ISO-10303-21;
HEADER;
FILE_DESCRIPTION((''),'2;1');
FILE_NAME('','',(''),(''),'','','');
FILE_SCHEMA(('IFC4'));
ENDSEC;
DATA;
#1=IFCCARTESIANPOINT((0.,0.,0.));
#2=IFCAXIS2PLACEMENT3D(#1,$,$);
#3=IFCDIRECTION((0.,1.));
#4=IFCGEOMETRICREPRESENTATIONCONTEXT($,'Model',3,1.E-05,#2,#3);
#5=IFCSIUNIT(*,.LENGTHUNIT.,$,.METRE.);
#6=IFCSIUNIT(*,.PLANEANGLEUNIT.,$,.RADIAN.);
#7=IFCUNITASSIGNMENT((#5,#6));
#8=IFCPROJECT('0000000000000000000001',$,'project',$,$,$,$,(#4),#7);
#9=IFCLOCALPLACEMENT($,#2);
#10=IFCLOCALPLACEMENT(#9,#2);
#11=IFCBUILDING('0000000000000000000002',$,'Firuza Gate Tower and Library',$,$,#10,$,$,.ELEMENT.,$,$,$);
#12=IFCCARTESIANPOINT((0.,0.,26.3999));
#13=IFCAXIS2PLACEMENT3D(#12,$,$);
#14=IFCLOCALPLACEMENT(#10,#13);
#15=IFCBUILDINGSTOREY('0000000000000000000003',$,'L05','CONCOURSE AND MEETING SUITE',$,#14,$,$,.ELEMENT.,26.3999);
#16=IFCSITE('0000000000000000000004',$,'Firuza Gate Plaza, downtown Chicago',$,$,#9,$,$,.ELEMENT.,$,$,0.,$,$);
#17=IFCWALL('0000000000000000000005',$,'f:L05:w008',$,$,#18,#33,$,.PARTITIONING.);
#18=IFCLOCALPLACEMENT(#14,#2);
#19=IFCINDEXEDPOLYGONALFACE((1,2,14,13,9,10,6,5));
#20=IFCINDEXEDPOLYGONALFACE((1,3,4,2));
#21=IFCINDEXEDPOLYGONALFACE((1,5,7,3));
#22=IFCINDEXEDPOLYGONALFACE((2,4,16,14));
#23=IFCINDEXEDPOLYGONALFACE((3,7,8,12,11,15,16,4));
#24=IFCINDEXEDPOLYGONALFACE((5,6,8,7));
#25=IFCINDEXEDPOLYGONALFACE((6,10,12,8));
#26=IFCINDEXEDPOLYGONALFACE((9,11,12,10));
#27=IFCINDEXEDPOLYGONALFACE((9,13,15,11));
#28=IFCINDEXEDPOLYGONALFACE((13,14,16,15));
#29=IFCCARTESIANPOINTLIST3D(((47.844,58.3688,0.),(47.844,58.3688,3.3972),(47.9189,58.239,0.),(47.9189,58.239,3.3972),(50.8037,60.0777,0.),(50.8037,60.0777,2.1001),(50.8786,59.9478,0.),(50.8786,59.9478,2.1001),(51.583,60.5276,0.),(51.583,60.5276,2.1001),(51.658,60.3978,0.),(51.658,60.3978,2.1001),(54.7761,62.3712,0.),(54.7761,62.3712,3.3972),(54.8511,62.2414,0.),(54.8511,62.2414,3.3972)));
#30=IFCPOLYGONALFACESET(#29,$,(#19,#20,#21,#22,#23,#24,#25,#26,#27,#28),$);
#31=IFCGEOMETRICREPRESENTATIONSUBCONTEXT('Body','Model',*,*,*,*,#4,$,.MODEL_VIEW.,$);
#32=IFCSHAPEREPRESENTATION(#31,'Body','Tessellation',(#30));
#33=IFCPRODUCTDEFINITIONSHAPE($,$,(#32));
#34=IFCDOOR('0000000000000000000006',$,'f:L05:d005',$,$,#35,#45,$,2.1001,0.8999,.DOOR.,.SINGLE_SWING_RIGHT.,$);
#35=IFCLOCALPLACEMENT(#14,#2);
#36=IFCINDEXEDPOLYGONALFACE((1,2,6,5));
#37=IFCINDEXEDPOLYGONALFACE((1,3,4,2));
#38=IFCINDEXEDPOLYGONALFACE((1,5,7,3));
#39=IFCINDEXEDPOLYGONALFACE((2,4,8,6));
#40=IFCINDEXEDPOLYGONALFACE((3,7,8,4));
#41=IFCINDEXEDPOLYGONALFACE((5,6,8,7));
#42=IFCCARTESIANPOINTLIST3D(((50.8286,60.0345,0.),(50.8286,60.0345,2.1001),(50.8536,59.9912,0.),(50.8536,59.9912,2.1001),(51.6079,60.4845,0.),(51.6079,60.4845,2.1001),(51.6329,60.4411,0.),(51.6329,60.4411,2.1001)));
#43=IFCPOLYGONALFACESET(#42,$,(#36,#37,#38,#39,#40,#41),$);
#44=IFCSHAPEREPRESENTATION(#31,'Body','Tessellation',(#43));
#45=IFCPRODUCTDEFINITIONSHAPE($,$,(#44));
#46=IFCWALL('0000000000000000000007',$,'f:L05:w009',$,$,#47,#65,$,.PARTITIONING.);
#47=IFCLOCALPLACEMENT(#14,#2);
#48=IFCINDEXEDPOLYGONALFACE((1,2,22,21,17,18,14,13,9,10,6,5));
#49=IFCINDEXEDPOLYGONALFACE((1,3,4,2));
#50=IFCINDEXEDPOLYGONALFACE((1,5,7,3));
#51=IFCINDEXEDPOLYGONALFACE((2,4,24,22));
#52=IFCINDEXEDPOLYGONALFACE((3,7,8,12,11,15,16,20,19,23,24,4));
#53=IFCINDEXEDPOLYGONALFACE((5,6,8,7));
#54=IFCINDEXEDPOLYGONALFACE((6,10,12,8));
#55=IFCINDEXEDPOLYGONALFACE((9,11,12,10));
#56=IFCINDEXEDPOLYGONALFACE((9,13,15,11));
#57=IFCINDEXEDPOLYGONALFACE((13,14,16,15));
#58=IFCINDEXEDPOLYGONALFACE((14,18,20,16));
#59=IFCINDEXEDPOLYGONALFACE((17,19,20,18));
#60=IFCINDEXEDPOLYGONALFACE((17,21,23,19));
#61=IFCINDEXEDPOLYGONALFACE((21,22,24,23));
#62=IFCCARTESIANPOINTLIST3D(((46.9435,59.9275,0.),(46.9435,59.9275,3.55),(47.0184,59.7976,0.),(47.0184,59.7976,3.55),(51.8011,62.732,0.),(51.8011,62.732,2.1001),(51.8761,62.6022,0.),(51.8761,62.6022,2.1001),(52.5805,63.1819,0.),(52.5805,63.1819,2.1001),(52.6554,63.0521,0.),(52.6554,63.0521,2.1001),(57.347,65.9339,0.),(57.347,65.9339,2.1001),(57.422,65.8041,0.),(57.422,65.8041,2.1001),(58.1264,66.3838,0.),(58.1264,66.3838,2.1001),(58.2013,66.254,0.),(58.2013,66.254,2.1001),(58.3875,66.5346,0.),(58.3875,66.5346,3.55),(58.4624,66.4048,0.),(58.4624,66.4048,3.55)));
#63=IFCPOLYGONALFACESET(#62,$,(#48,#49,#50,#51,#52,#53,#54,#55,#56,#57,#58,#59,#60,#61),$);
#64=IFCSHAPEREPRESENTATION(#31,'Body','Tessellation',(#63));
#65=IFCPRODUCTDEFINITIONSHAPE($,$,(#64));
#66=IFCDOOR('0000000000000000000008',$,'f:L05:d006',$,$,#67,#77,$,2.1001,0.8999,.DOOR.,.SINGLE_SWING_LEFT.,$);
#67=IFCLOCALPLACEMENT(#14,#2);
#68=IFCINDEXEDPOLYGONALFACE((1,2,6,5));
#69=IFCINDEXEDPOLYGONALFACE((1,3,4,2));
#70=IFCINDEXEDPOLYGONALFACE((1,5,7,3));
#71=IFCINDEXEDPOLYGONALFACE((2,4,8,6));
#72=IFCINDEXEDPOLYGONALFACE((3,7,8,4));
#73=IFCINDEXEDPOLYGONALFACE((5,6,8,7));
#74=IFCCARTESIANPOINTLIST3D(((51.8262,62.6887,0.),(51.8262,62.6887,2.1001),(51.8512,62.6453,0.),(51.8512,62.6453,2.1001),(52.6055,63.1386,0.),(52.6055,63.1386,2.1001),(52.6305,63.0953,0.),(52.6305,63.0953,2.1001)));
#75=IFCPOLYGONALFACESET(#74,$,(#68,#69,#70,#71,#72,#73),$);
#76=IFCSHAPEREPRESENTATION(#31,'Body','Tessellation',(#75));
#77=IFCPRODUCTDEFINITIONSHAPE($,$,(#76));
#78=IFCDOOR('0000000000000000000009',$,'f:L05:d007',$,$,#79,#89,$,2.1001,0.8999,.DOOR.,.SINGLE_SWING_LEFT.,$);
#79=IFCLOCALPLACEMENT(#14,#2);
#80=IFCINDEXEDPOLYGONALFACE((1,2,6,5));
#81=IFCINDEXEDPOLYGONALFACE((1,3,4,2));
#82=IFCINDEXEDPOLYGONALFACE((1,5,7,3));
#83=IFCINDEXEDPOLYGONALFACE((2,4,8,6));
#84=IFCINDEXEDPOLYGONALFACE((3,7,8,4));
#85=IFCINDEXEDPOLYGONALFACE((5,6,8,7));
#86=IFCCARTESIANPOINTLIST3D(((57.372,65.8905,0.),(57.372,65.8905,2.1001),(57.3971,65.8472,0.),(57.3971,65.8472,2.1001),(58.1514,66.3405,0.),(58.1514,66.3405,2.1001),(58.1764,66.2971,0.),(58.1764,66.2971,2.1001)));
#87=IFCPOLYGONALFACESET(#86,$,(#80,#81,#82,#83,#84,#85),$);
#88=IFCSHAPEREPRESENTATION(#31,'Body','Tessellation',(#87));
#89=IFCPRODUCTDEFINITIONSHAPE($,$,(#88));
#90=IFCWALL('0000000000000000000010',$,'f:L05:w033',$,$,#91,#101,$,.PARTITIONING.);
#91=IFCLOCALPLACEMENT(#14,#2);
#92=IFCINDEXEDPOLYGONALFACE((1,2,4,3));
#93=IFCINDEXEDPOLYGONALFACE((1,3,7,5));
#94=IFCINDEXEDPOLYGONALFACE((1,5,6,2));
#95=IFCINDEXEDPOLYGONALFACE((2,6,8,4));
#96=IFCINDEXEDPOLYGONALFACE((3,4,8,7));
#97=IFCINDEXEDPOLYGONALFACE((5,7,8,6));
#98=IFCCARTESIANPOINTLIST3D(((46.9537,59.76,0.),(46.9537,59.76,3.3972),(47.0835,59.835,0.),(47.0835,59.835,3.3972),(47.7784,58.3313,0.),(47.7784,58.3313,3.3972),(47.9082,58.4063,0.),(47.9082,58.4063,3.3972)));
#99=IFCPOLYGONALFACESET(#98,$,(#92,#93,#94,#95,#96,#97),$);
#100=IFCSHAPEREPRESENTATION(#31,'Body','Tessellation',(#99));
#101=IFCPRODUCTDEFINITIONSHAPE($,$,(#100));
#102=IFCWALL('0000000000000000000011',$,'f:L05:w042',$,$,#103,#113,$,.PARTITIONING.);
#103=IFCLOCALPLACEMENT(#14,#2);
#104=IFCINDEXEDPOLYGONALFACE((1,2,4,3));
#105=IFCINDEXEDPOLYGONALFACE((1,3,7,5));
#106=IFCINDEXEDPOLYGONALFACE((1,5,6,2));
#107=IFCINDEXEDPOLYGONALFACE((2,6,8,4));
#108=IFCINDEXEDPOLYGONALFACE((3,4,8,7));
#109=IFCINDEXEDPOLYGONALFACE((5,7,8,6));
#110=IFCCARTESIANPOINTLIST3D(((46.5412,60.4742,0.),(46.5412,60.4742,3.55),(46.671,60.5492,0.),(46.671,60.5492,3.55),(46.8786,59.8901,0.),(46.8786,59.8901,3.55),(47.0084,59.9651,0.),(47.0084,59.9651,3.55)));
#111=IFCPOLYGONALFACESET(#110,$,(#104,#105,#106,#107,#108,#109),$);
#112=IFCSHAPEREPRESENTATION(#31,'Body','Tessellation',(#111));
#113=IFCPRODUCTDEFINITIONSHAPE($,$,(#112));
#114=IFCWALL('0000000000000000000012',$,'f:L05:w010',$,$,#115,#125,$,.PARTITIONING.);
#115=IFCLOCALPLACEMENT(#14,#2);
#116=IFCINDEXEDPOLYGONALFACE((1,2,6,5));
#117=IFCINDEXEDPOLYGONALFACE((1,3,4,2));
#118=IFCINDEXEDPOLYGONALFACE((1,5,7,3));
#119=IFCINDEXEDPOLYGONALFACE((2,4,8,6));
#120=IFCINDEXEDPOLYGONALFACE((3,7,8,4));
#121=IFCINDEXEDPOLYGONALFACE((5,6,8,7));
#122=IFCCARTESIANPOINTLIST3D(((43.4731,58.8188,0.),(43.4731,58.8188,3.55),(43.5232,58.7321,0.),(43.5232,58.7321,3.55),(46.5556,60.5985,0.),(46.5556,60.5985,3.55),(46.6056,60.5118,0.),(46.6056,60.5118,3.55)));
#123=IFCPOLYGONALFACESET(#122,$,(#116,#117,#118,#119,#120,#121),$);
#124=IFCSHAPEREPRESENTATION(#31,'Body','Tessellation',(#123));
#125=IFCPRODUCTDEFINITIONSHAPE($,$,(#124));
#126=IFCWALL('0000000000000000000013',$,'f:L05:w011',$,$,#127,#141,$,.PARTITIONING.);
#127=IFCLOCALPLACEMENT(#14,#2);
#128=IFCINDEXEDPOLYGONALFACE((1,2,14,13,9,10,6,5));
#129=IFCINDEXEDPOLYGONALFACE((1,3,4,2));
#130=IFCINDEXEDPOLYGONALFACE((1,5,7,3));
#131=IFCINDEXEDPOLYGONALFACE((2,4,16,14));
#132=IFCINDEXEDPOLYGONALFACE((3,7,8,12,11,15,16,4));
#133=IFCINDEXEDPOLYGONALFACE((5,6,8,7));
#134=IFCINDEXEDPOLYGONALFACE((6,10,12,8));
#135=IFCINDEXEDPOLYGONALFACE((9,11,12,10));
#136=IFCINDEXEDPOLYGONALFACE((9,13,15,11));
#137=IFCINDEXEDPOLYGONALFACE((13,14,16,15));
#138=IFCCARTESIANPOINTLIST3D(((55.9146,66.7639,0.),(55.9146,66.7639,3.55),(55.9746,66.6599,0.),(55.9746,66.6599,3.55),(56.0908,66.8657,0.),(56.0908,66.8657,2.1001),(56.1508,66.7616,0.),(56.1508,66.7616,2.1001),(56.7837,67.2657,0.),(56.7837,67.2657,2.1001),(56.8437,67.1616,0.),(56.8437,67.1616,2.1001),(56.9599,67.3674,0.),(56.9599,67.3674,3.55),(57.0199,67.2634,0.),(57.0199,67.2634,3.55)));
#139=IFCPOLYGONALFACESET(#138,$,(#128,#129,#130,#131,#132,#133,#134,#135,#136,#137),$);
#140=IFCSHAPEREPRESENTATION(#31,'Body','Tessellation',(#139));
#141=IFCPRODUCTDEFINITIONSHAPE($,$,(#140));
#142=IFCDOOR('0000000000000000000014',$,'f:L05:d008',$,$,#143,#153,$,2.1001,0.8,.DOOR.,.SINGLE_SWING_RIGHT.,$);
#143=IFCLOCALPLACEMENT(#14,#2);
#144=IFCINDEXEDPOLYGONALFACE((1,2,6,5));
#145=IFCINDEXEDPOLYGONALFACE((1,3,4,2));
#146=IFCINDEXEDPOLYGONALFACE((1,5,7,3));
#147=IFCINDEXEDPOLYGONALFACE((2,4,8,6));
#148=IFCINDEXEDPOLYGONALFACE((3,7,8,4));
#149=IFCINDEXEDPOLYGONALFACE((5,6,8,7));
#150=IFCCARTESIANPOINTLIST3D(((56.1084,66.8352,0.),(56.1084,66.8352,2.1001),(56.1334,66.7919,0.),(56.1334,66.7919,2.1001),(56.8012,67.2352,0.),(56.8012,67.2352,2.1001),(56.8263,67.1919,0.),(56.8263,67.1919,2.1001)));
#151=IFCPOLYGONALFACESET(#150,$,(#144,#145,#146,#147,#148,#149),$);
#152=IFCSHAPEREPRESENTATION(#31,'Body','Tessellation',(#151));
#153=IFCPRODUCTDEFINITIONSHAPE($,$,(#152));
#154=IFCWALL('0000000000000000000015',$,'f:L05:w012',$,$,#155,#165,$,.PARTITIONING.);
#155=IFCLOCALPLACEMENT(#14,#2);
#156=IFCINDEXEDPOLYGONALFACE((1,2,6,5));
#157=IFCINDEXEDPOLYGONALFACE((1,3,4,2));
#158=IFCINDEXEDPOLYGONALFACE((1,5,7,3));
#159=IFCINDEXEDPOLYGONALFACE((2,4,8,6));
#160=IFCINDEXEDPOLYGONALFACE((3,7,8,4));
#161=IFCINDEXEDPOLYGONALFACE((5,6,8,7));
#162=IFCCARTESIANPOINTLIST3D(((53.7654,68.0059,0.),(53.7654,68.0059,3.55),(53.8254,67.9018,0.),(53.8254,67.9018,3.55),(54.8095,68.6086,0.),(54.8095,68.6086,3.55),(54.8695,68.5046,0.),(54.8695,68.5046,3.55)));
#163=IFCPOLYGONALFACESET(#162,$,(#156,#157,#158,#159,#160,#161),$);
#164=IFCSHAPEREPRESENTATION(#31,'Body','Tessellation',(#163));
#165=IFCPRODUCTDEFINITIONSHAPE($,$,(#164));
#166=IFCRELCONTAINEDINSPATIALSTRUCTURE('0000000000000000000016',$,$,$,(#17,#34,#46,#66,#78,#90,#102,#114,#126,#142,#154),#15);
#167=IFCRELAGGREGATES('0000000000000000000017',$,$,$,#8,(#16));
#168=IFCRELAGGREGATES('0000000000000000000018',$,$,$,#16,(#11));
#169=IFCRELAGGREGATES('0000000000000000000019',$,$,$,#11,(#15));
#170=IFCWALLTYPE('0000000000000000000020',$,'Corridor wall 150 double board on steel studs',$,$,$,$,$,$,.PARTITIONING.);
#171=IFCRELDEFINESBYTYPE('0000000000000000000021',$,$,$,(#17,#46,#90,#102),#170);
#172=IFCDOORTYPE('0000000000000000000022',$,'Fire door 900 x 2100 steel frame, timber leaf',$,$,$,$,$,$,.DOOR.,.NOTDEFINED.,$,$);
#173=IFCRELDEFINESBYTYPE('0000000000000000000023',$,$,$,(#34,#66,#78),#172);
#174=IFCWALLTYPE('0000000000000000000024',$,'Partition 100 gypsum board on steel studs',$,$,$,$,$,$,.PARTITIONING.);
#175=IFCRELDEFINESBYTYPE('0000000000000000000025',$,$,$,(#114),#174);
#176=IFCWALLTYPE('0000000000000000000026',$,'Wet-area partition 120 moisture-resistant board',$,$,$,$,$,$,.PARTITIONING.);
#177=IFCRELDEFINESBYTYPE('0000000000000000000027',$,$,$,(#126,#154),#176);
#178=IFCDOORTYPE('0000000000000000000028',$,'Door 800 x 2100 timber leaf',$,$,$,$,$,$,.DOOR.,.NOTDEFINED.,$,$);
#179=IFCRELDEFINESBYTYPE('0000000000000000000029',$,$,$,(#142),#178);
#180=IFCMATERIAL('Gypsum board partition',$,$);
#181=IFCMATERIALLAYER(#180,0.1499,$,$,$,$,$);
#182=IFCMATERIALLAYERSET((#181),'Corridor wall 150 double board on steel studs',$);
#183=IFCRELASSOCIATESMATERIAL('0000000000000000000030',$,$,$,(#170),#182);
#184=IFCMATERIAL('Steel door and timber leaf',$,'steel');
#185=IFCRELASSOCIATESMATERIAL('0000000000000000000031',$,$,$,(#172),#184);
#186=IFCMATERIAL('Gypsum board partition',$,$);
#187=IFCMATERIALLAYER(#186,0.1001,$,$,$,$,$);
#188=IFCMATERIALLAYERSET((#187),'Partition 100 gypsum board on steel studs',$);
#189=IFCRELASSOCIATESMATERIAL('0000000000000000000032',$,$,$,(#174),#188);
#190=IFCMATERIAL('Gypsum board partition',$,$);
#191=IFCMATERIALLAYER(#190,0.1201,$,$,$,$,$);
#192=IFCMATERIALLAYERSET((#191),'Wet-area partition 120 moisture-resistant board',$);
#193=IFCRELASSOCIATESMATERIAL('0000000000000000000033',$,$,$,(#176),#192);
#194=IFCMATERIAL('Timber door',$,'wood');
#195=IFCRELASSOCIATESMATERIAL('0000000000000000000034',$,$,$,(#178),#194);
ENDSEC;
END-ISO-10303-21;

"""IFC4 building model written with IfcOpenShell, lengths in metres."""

from ifc_helpers import new_model, si_unit, direction, frame, frame_2d, origin, place, context, subcontext, project, spatial, rectangle, extrude, material, layer, layer_set, type_object, element, fill, save


model = new_model("IFC4")

# Units and contexts
model_context = context("Model", 3, precision=1e-05, world=origin(), true_north=direction((0.0, 1.0)))
body_context = subcontext(model_context, "Body", "Model", "MODEL_VIEW")
ifc_project = project(units=[si_unit("LENGTHUNIT", "METRE"), si_unit("PLANEANGLEUNIT", "RADIAN")], contexts=[model_context])

# Site, building, storey
site_placement = place(None, origin())
site = spatial("IfcSite", under=ifc_project, at=site_placement, Name="Firuza Gate Plaza, downtown Chicago", CompositionType="ELEMENT", RefElevation=0.0)
building_placement = place(site_placement, origin())
building = spatial("IfcBuilding", under=site, at=building_placement, Name="Firuza Gate Tower and Library", CompositionType="ELEMENT")
storey_placement = place(building_placement, frame((0.0, 0.0, 26.3999)))
storey = spatial("IfcBuildingStorey", under=building, at=storey_placement, Name="L05", Description="CONCOURSE AND MEETING SUITE", CompositionType="ELEMENT", Elevation=26.3999)

# Wall, opening, door
ifc_material_1 = material(Name="Gypsum board partition")
ifc_layer_1 = layer(ifc_material_1, 0.1499)
ifc_layer_set_1 = layer_set([ifc_layer_1], Name="Corridor wall 150 double board on steel studs")
wall_type_1 = type_object("IfcWallType", Name="Corridor wall 150 double board on steel studs", PredefinedType="PARTITIONING", material=ifc_layer_set_1)
wall_1_placement = place(storey_placement, frame((54.8137, 62.3064, 0.0), z_axis=(0.0, 0.0, 1.0), x_axis=(-0.866016, -0.500016, 0.0)))
wall_1 = element("IfcWall", 1, at=wall_1_placement, inside=storey, type_object=wall_type_1, Name="f:L05:w008", PredefinedType="PARTITIONING", context=body_context, shape_type="SweptSolid", body=[
    extrude(rectangle(XDim=8.0046, YDim=0.1499, at=frame_2d((4.0024, 0.0))), origin(), (0.0, 0.0, 1.0), 3.3972),
])
opening_1_placement = place(wall_1_placement, frame((3.6873, 0.0, 0.0)))
opening_1 = element("IfcOpeningElement", 2, at=opening_1_placement, cuts=wall_1, PredefinedType="OPENING", context=body_context, shape_type="SweptSolid", body=[
    extrude(rectangle(XDim=0.8999, YDim=2.1001, at=frame_2d((0.45, 1.05))), frame((0.0, 0.085, 0.0), z_axis=(0.0, -1.0, 0.0), x_axis=(1.0, 0.0, 0.0)), (0.0, 0.0, 1.0), 0.1699),
])
ifc_material_2 = material(Name="Steel door and timber leaf", Category="steel")
door_type_1 = type_object("IfcDoorType", Name="Fire door 900 x 2100 steel frame, timber leaf", OperationType="NOTDEFINED", PredefinedType="DOOR", material=ifc_material_2)
door_1_placement = place(opening_1_placement, origin())
door_1 = element("IfcDoor", 3, at=door_1_placement, inside=storey, type_object=door_type_1, Name="f:L05:d005", OperationType="SINGLE_SWING_RIGHT", OverallHeight=2.1001, OverallWidth=0.8999, PredefinedType="DOOR", context=body_context, shape_type="SweptSolid", body=[
    extrude(rectangle(XDim=0.8999, YDim=2.1001, at=frame_2d((0.45, 1.05))), frame((0.0, 0.0249, 0.0), z_axis=(0.0, -1.0, 0.0), x_axis=(1.0, 0.0, 0.0)), (0.0, 0.0, 1.0), 0.05),
])
fill(opening_1, door_1)

# Wall, openings, doors
wall_2_placement = place(storey_placement, frame((46.981, 59.8625, 0.0), z_axis=(0.0, 0.0, 1.0), x_axis=(0.866028, 0.499996, 0.0)))
wall_2 = element("IfcWall", 4, at=wall_2_placement, inside=storey, type_object=wall_type_1, Name="f:L05:w009", PredefinedType="PARTITIONING", context=body_context, shape_type="SweptSolid", body=[
    extrude(rectangle(XDim=13.2144, YDim=0.1499, at=frame_2d((6.6072, 0.0))), origin(), (0.0, 0.0, 1.0), 3.55),
])
opening_2_placement = place(wall_2_placement, frame((5.6091, 0.0, 0.0)))
opening_2 = element("IfcOpeningElement", 5, at=opening_2_placement, cuts=wall_2, PredefinedType="OPENING", context=body_context, shape_type="SweptSolid", body=[
    extrude(rectangle(XDim=0.8999, YDim=2.1001, at=frame_2d((0.45, 1.05))), frame((0.0, 0.085, 0.0), z_axis=(0.0, -1.0, 0.0), x_axis=(1.0, 0.0, 0.0)), (0.0, 0.0, 1.0), 0.1699),
])
opening_3_placement = place(wall_2_placement, frame((12.0129, 0.0, 0.0)))
opening_3 = element("IfcOpeningElement", 6, at=opening_3_placement, cuts=wall_2, PredefinedType="OPENING", context=body_context, shape_type="SweptSolid", body=[
    extrude(rectangle(XDim=0.8999, YDim=2.1001, at=frame_2d((0.45, 1.05))), frame((0.0, 0.085, 0.0), z_axis=(0.0, -1.0, 0.0), x_axis=(1.0, 0.0, 0.0)), (0.0, 0.0, 1.0), 0.1699),
])
door_2_placement = place(opening_2_placement, origin())
door_2 = element("IfcDoor", 7, at=door_2_placement, inside=storey, type_object=door_type_1, Name="f:L05:d006", OperationType="SINGLE_SWING_LEFT", OverallHeight=2.1001, OverallWidth=0.8999, PredefinedType="DOOR", context=body_context, shape_type="SweptSolid", body=[
    extrude(rectangle(XDim=0.8999, YDim=2.1001, at=frame_2d((0.45, 1.05))), frame((0.0, 0.0249, 0.0), z_axis=(0.0, -1.0, 0.0), x_axis=(1.0, 0.0, 0.0)), (0.0, 0.0, 1.0), 0.05),
])
fill(opening_2, door_2)
door_3_placement = place(opening_3_placement, origin())
door_3 = element("IfcDoor", 8, at=door_3_placement, inside=storey, type_object=door_type_1, Name="f:L05:d007", OperationType="SINGLE_SWING_LEFT", OverallHeight=2.1001, OverallWidth=0.8999, PredefinedType="DOOR", context=body_context, shape_type="SweptSolid", body=[
    extrude(rectangle(XDim=0.8999, YDim=2.1001, at=frame_2d((0.45, 1.05))), frame((0.0, 0.0249, 0.0), z_axis=(0.0, -1.0, 0.0), x_axis=(1.0, 0.0, 0.0)), (0.0, 0.0, 1.0), 0.05),
])
fill(opening_3, door_3)

# Walls
wall_3_placement = place(storey_placement, frame((47.8433, 58.3689, 0.0), z_axis=(0.0, 0.0, 1.0), x_axis=(-0.499927, 0.866067, 0.0)))
element("IfcWall", 9, at=wall_3_placement, inside=storey, type_object=wall_type_1, Name="f:L05:w033", PredefinedType="PARTITIONING", context=body_context, shape_type="SweptSolid", body=[
    extrude(rectangle(XDim=1.6497, YDim=0.1499, at=frame_2d((0.8247, 0.0))), origin(), (0.0, 0.0, 1.0), 3.3972),
])
wall_4_placement = place(storey_placement, frame((46.9436, 59.9275, 0.0), z_axis=(0.0, 0.0, 1.0), x_axis=(-0.500266, 0.865872, 0.0)))
element("IfcWall", 10, at=wall_4_placement, inside=storey, type_object=wall_type_1, Name="f:L05:w042", PredefinedType="PARTITIONING", context=body_context, shape_type="SweptSolid", body=[
    extrude(rectangle(XDim=0.6746, YDim=0.1499, at=frame_2d((0.3374, 0.0))), origin(), (0.0, 0.0, 1.0), 3.55),
])
ifc_material_3 = material(Name="Gypsum board partition")
ifc_layer_2 = layer(ifc_material_3, 0.1001)
ifc_layer_set_2 = layer_set([ifc_layer_2], Name="Partition 100 gypsum board on steel studs")
wall_type_2 = type_object("IfcWallType", Name="Partition 100 gypsum board on steel studs", PredefinedType="PARTITIONING", material=ifc_layer_set_2)
wall_5_placement = place(storey_placement, frame((43.498, 58.7754, 0.0), z_axis=(0.0, 0.0, 1.0), x_axis=(0.866014, 0.500019, 0.0)))
element("IfcWall", 11, at=wall_5_placement, inside=storey, type_object=wall_type_2, Name="f:L05:w010", PredefinedType="PARTITIONING", context=body_context, shape_type="SweptSolid", body=[
    extrude(rectangle(XDim=3.5593, YDim=0.1001, at=frame_2d((1.7798, 0.0))), origin(), (0.0, 0.0, 1.0), 3.55),
])

# Wall, opening, door
ifc_material_4 = material(Name="Gypsum board partition")
ifc_layer_3 = layer(ifc_material_4, 0.1201)
ifc_layer_set_3 = layer_set([ifc_layer_3], Name="Wet-area partition 120 moisture-resistant board")
wall_type_3 = type_object("IfcWallType", Name="Wet-area partition 120 moisture-resistant board", PredefinedType="PARTITIONING", material=ifc_layer_set_3)
wall_6_placement = place(storey_placement, frame((55.9446, 66.7119, 0.0), z_axis=(0.0, 0.0, 1.0), x_axis=(0.866044, 0.499968, 0.0)))
wall_6 = element("IfcWall", 12, at=wall_6_placement, inside=storey, type_object=wall_type_3, Name="f:L05:w011", PredefinedType="PARTITIONING", context=body_context, shape_type="SweptSolid", body=[
    extrude(rectangle(XDim=1.207, YDim=0.1201, at=frame_2d((0.6035, 0.0))), origin(), (0.0, 0.0, 1.0), 3.55),
])
opening_4_placement = place(wall_6_placement, frame((0.2036, 0.0, 0.0)))
opening_4 = element("IfcOpeningElement", 13, at=opening_4_placement, cuts=wall_6, PredefinedType="OPENING", context=body_context, shape_type="SweptSolid", body=[
    extrude(rectangle(XDim=0.8, YDim=2.1001, at=frame_2d((0.3999, 1.05))), frame((0.0, 0.0701, 0.0), z_axis=(0.0, -1.0, 0.0), x_axis=(1.0, 0.0, 0.0)), (0.0, 0.0, 1.0), 0.1401),
])
ifc_material_5 = material(Name="Timber door", Category="wood")
door_type_2 = type_object("IfcDoorType", Name="Door 800 x 2100 timber leaf", OperationType="NOTDEFINED", PredefinedType="DOOR", material=ifc_material_5)
door_4_placement = place(opening_4_placement, origin())
door_4 = element("IfcDoor", 14, at=door_4_placement, inside=storey, type_object=door_type_2, Name="f:L05:d008", OperationType="SINGLE_SWING_RIGHT", OverallHeight=2.1001, OverallWidth=0.8, PredefinedType="DOOR", context=body_context, shape_type="SweptSolid", body=[
    extrude(rectangle(XDim=0.8, YDim=2.1001, at=frame_2d((0.3999, 1.05))), frame((0.0, 0.0249, 0.0), z_axis=(0.0, -1.0, 0.0), x_axis=(1.0, 0.0, 0.0)), (0.0, 0.0, 1.0), 0.05),
])
fill(opening_4, door_4)

# Wall
wall_7_placement = place(storey_placement, frame((53.7954, 67.9539, 0.0), z_axis=(0.0, 0.0, 1.0), x_axis=(0.866054, 0.49995, 0.0)))
element("IfcWall", 15, at=wall_7_placement, inside=storey, type_object=wall_type_3, Name="f:L05:w012", PredefinedType="PARTITIONING", context=body_context, shape_type="SweptSolid", body=[
    extrude(rectangle(XDim=1.2056, YDim=0.1201, at=frame_2d((0.6028, 0.0))), origin(), (0.0, 0.0, 1.0), 3.55),
])

save(model, "model.ifc")
